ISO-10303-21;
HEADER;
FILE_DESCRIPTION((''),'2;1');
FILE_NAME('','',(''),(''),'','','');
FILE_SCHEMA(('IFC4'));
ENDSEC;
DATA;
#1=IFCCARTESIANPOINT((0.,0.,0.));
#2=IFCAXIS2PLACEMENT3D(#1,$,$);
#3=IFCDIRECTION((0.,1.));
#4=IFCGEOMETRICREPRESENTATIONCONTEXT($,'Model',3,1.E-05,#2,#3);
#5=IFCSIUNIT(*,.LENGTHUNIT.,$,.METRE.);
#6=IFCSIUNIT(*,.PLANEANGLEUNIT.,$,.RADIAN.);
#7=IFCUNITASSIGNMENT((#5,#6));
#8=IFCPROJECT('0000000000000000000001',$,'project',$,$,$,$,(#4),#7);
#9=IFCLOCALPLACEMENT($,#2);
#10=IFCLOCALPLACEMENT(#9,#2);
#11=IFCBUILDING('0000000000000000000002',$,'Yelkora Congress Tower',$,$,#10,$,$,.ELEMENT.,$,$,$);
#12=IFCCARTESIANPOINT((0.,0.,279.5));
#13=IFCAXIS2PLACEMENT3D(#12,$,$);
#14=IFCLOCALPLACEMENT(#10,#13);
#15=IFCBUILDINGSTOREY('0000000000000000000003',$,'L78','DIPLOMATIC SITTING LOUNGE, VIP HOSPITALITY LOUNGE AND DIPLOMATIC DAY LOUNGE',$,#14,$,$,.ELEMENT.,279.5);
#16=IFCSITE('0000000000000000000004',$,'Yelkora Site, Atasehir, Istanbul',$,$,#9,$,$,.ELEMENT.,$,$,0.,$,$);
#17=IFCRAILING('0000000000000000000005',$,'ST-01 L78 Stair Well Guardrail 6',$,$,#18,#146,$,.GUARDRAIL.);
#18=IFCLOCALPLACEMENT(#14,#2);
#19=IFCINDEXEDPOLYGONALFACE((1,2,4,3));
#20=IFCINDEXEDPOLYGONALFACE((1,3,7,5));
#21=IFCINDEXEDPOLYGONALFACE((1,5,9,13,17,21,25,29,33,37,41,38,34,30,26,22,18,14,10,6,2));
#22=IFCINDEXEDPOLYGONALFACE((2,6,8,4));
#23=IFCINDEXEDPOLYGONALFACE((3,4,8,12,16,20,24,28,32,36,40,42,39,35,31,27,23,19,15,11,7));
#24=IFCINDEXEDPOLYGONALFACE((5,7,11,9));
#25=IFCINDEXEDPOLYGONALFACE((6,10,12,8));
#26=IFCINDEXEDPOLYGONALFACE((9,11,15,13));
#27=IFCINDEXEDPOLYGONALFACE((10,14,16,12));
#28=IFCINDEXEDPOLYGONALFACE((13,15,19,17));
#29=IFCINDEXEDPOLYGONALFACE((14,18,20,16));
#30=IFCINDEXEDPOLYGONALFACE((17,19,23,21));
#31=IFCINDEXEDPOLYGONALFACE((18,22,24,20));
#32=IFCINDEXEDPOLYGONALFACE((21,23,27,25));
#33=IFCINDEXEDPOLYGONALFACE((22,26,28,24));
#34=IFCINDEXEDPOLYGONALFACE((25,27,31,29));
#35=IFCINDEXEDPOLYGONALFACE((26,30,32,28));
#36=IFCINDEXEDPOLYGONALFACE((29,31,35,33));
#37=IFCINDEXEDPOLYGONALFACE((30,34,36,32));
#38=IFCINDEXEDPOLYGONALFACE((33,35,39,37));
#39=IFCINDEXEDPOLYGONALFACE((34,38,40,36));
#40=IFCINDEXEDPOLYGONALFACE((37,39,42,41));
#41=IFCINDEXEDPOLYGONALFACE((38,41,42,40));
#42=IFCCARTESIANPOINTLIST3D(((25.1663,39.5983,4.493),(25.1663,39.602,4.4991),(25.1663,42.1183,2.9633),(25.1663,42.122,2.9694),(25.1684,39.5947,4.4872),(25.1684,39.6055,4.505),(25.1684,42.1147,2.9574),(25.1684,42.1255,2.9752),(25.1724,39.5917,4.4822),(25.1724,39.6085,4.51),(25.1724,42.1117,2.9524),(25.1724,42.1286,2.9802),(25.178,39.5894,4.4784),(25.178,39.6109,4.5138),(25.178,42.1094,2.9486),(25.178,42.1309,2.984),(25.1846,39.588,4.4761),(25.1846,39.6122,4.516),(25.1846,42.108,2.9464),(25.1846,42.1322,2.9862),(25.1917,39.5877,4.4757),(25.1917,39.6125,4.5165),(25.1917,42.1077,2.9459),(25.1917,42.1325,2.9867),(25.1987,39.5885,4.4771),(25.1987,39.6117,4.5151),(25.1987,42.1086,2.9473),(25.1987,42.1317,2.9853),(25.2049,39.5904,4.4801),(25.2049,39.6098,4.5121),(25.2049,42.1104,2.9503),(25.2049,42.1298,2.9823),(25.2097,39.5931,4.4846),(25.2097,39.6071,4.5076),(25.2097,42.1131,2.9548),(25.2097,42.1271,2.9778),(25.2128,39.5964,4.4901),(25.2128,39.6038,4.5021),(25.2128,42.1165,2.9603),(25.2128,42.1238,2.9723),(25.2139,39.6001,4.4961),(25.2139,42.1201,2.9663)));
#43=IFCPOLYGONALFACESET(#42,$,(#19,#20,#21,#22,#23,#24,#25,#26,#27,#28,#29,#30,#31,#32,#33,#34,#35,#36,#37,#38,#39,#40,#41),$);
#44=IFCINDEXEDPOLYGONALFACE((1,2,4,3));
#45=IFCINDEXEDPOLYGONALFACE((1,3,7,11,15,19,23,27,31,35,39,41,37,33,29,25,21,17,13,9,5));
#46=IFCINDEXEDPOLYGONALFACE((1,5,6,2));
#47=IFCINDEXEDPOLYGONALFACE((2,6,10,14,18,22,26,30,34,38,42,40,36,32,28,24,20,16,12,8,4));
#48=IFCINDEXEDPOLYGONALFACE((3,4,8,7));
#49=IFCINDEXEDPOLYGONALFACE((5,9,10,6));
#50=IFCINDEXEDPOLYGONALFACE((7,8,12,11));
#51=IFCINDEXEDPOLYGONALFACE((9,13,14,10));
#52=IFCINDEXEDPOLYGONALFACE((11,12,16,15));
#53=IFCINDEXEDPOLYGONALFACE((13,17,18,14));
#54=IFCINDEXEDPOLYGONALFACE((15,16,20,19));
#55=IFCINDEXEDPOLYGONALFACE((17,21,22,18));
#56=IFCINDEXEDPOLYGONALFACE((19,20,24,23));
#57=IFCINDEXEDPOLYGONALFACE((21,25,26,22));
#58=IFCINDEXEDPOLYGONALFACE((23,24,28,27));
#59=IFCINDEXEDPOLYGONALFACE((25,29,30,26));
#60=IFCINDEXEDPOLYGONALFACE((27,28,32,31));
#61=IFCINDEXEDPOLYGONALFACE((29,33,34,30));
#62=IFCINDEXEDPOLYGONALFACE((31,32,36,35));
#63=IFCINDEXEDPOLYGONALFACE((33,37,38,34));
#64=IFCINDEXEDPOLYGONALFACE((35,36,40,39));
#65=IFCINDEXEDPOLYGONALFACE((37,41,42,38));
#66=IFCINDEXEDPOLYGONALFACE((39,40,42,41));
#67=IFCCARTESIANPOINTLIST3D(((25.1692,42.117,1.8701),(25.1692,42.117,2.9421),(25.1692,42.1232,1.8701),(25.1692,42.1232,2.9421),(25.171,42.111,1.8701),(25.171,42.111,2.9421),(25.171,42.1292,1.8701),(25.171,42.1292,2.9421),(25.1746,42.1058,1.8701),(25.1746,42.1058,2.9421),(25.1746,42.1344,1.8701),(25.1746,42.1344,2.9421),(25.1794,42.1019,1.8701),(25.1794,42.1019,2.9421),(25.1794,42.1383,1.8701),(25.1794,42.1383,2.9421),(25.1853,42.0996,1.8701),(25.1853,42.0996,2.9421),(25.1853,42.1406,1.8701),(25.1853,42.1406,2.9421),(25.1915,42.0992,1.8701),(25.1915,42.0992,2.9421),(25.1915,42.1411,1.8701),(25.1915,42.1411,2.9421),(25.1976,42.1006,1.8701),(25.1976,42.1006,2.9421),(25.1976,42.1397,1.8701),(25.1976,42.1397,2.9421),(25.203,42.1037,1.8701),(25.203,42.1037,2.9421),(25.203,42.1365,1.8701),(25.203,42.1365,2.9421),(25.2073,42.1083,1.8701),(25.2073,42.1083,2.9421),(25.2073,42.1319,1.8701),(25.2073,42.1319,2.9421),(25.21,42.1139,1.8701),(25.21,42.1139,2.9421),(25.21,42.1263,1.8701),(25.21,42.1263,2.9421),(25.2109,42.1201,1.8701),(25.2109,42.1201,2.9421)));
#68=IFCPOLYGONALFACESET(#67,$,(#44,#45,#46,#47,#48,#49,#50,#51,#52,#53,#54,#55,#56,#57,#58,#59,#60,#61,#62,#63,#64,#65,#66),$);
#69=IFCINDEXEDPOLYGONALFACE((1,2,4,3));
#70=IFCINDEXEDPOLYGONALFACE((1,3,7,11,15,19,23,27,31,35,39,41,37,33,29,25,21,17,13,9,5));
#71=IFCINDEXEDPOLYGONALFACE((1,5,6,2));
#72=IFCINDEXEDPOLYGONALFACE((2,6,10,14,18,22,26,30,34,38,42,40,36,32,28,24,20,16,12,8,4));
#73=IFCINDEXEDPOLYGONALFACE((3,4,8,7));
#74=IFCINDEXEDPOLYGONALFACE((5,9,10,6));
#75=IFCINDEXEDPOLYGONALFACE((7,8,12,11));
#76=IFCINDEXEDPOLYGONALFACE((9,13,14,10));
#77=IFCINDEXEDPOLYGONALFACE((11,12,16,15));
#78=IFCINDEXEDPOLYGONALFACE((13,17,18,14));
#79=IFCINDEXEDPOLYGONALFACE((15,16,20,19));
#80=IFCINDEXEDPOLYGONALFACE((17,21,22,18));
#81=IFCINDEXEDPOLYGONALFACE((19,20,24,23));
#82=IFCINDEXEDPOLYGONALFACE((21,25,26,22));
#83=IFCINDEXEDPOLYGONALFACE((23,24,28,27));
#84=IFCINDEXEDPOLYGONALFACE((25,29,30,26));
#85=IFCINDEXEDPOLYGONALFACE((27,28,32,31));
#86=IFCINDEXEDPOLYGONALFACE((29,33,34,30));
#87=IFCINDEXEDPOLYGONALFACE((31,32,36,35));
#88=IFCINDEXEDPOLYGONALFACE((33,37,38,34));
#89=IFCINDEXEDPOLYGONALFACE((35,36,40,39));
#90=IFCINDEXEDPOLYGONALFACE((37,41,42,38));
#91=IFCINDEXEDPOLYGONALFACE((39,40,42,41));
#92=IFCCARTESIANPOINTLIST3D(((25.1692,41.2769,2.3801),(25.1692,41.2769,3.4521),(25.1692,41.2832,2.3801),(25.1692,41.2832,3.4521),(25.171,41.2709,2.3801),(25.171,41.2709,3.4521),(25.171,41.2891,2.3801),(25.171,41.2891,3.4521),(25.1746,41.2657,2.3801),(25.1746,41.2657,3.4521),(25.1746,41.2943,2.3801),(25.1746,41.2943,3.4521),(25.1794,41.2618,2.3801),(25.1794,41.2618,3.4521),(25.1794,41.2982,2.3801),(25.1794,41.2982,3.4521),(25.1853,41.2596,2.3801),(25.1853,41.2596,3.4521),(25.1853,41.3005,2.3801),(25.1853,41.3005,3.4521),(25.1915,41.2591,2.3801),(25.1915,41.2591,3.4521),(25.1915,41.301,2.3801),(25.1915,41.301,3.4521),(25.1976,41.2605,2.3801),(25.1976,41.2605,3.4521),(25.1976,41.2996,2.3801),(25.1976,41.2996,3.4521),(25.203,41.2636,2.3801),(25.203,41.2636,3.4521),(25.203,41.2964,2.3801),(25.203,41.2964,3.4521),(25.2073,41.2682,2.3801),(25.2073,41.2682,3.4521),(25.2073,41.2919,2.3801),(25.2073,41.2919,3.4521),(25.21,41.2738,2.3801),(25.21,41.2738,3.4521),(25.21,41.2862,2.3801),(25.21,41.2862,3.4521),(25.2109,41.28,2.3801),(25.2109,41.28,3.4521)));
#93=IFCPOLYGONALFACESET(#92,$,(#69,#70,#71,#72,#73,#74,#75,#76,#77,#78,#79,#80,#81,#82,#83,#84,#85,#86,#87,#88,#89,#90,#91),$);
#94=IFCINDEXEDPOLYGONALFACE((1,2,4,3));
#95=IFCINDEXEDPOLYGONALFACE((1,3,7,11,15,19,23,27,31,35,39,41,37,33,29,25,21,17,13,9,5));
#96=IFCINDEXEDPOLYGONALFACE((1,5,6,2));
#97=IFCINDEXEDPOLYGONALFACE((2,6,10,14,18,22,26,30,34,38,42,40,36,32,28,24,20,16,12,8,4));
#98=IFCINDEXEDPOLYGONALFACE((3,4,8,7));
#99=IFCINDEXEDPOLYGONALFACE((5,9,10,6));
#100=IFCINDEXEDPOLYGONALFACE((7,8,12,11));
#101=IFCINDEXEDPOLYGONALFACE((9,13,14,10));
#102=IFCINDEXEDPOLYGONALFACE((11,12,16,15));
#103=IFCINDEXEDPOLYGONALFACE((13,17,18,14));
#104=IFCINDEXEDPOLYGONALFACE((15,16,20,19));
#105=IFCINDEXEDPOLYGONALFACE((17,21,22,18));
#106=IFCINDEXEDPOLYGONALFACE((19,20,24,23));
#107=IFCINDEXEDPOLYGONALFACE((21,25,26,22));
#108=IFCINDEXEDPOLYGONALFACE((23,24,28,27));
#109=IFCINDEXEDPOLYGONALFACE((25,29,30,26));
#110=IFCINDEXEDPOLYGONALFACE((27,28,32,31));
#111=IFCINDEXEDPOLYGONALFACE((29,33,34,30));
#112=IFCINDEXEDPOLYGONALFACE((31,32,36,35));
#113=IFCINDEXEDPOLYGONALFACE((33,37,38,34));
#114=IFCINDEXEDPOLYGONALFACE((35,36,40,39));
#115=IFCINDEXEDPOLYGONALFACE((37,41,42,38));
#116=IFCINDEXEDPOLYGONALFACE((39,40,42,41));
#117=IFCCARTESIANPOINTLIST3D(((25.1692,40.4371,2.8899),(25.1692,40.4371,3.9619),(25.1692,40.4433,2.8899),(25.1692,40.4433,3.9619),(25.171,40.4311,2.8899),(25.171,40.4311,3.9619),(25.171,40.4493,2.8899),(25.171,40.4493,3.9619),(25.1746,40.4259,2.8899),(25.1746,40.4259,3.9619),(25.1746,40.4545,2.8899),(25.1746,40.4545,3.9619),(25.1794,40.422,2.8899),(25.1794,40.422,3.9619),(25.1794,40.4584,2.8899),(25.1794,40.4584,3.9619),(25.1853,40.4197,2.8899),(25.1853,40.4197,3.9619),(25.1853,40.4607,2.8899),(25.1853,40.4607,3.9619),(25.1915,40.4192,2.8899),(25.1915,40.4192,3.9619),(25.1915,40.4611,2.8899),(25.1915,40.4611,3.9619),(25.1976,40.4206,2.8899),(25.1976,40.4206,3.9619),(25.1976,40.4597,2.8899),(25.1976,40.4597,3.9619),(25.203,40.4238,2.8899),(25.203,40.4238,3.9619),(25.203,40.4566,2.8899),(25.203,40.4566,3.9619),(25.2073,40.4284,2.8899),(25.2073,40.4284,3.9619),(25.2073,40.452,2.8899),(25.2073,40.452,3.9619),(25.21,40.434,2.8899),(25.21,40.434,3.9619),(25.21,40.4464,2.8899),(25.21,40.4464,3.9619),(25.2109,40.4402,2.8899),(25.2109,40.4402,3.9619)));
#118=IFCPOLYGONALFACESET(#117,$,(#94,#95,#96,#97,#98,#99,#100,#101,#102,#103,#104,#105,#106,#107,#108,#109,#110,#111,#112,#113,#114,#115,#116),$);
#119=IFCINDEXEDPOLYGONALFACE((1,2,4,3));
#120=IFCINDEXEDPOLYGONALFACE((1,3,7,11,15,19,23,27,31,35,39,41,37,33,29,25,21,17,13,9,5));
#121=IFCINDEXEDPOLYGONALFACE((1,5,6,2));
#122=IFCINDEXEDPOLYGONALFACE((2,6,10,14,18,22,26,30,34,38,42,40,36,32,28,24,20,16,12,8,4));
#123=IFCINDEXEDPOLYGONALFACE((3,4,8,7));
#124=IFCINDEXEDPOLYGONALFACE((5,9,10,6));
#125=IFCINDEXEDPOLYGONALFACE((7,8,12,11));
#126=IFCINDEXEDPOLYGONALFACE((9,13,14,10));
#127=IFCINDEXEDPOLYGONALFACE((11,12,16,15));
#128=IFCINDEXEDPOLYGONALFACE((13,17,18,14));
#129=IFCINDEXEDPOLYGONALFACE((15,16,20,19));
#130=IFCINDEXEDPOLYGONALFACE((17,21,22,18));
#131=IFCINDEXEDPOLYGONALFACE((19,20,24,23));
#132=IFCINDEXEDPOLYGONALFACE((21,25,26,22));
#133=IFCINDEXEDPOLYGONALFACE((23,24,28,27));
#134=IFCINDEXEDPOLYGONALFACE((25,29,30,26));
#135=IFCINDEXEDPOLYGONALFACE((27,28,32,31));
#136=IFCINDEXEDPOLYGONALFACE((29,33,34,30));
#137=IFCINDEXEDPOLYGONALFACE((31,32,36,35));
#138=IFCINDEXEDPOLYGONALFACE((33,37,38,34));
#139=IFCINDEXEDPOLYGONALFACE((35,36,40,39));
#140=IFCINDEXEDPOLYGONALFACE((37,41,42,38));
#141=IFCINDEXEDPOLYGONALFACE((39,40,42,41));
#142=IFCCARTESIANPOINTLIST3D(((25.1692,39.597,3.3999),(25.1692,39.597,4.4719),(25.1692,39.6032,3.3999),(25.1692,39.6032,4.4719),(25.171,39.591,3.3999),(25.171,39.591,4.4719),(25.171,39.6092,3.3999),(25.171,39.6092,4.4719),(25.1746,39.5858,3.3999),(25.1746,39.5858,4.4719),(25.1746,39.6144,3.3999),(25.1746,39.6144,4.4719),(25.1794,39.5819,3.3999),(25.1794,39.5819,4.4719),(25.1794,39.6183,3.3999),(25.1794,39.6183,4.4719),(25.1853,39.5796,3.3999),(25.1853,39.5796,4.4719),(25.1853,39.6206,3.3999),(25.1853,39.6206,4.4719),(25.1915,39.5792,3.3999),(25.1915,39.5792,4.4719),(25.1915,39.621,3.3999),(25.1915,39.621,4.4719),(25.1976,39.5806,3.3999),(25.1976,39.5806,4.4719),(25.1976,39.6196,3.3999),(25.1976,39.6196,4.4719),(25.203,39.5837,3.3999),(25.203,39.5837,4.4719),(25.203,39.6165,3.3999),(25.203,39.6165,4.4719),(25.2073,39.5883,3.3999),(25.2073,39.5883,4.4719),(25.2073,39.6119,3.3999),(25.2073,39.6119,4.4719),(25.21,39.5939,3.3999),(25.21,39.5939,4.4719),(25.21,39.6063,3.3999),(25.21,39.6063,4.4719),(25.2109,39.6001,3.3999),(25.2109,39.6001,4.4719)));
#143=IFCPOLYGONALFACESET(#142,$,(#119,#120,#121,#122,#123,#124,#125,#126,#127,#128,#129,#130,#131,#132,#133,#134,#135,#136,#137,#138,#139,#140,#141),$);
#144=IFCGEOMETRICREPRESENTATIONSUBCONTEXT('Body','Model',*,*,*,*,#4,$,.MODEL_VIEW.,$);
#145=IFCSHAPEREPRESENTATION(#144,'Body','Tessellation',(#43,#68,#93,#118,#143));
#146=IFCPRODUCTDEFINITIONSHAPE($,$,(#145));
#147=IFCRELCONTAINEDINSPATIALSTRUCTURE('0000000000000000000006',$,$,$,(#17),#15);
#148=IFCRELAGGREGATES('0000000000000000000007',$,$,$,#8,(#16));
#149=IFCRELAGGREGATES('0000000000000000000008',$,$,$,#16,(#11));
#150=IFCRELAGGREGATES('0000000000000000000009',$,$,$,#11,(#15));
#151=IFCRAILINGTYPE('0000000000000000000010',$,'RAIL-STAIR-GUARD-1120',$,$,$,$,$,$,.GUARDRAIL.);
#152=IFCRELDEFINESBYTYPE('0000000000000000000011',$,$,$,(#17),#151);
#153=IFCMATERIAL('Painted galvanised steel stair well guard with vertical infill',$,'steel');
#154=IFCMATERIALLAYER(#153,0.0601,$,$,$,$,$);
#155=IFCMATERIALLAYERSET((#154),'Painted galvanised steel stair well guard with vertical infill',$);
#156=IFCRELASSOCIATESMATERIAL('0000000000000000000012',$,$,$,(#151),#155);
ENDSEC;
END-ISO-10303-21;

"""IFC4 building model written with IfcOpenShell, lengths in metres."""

from ifc_helpers import new_model, si_unit, direction, frame, origin, origin_2d, place, context, subcontext, project, spatial, circle, extrude, material, layer, layer_set, type_object, element, save


model = new_model("IFC4")

# Units and contexts
model_context = context("Model", 3, precision=1e-05, world=origin(), true_north=direction((0.0, 1.0)))
body_context = subcontext(model_context, "Body", "Model", "MODEL_VIEW")
ifc_project = project(units=[si_unit("LENGTHUNIT", "METRE"), si_unit("PLANEANGLEUNIT", "RADIAN")], contexts=[model_context])

# Site, building, storey
site_placement = place(None, origin())
site = spatial("IfcSite", under=ifc_project, at=site_placement, Name="Yelkora Site, Atasehir, Istanbul", CompositionType="ELEMENT", RefElevation=0.0)
building_placement = place(site_placement, origin())
building = spatial("IfcBuilding", under=site, at=building_placement, Name="Yelkora Congress Tower", CompositionType="ELEMENT")
storey_placement = place(building_placement, frame((0.0, 0.0, 279.5)))
storey = spatial("IfcBuildingStorey", under=building, at=storey_placement, Name="L78", Description="DIPLOMATIC SITTING LOUNGE, VIP HOSPITALITY LOUNGE AND DIPLOMATIC DAY LOUNGE", CompositionType="ELEMENT", Elevation=279.5)

# Railing
ifc_material_1 = material(Name="Painted galvanised steel stair well guard with vertical infill", Category="steel")
ifc_layer_1 = layer(ifc_material_1, 0.0601)
ifc_layer_set_1 = layer_set([ifc_layer_1], Name="Painted galvanised steel stair well guard with vertical infill")
railing_type_1 = type_object("IfcRailingType", Name="RAIL-STAIR-GUARD-1120", PredefinedType="GUARDRAIL", material=ifc_layer_set_1)
railing_1_placement = place(storey_placement, frame((25.1899, 42.1201, 1.8701)))
element("IfcRailing", 1, at=railing_1_placement, inside=storey, type_object=railing_type_1, Name="ST-01 L78 Stair Well Guardrail 6", PredefinedType="GUARDRAIL", context=body_context, shape_type="SweptSolid", body=[
    extrude(circle(Radius=0.0239, at=origin_2d()), frame((0.0, 0.0, 1.0962), z_axis=(0.0, -0.854822, 0.518922), x_axis=(1.0, 0.0, 0.0)), (0.0, 0.0, 1.0), 2.948),
    extrude(circle(Radius=0.021, at=origin_2d()), origin(), (0.0, 0.0, 1.0), 1.072),
    extrude(circle(Radius=0.021, at=origin_2d()), frame((0.0, -0.8401, 0.51)), (0.0, 0.0, 1.0), 1.072),
    extrude(circle(Radius=0.021, at=origin_2d()), frame((0.0, -1.6799, 1.0198)), (0.0, 0.0, 1.0), 1.072),
    extrude(circle(Radius=0.021, at=origin_2d()), frame((0.0, -2.52, 1.5298)), (0.0, 0.0, 1.0), 1.072),
])

save(model, "model.ifc")
